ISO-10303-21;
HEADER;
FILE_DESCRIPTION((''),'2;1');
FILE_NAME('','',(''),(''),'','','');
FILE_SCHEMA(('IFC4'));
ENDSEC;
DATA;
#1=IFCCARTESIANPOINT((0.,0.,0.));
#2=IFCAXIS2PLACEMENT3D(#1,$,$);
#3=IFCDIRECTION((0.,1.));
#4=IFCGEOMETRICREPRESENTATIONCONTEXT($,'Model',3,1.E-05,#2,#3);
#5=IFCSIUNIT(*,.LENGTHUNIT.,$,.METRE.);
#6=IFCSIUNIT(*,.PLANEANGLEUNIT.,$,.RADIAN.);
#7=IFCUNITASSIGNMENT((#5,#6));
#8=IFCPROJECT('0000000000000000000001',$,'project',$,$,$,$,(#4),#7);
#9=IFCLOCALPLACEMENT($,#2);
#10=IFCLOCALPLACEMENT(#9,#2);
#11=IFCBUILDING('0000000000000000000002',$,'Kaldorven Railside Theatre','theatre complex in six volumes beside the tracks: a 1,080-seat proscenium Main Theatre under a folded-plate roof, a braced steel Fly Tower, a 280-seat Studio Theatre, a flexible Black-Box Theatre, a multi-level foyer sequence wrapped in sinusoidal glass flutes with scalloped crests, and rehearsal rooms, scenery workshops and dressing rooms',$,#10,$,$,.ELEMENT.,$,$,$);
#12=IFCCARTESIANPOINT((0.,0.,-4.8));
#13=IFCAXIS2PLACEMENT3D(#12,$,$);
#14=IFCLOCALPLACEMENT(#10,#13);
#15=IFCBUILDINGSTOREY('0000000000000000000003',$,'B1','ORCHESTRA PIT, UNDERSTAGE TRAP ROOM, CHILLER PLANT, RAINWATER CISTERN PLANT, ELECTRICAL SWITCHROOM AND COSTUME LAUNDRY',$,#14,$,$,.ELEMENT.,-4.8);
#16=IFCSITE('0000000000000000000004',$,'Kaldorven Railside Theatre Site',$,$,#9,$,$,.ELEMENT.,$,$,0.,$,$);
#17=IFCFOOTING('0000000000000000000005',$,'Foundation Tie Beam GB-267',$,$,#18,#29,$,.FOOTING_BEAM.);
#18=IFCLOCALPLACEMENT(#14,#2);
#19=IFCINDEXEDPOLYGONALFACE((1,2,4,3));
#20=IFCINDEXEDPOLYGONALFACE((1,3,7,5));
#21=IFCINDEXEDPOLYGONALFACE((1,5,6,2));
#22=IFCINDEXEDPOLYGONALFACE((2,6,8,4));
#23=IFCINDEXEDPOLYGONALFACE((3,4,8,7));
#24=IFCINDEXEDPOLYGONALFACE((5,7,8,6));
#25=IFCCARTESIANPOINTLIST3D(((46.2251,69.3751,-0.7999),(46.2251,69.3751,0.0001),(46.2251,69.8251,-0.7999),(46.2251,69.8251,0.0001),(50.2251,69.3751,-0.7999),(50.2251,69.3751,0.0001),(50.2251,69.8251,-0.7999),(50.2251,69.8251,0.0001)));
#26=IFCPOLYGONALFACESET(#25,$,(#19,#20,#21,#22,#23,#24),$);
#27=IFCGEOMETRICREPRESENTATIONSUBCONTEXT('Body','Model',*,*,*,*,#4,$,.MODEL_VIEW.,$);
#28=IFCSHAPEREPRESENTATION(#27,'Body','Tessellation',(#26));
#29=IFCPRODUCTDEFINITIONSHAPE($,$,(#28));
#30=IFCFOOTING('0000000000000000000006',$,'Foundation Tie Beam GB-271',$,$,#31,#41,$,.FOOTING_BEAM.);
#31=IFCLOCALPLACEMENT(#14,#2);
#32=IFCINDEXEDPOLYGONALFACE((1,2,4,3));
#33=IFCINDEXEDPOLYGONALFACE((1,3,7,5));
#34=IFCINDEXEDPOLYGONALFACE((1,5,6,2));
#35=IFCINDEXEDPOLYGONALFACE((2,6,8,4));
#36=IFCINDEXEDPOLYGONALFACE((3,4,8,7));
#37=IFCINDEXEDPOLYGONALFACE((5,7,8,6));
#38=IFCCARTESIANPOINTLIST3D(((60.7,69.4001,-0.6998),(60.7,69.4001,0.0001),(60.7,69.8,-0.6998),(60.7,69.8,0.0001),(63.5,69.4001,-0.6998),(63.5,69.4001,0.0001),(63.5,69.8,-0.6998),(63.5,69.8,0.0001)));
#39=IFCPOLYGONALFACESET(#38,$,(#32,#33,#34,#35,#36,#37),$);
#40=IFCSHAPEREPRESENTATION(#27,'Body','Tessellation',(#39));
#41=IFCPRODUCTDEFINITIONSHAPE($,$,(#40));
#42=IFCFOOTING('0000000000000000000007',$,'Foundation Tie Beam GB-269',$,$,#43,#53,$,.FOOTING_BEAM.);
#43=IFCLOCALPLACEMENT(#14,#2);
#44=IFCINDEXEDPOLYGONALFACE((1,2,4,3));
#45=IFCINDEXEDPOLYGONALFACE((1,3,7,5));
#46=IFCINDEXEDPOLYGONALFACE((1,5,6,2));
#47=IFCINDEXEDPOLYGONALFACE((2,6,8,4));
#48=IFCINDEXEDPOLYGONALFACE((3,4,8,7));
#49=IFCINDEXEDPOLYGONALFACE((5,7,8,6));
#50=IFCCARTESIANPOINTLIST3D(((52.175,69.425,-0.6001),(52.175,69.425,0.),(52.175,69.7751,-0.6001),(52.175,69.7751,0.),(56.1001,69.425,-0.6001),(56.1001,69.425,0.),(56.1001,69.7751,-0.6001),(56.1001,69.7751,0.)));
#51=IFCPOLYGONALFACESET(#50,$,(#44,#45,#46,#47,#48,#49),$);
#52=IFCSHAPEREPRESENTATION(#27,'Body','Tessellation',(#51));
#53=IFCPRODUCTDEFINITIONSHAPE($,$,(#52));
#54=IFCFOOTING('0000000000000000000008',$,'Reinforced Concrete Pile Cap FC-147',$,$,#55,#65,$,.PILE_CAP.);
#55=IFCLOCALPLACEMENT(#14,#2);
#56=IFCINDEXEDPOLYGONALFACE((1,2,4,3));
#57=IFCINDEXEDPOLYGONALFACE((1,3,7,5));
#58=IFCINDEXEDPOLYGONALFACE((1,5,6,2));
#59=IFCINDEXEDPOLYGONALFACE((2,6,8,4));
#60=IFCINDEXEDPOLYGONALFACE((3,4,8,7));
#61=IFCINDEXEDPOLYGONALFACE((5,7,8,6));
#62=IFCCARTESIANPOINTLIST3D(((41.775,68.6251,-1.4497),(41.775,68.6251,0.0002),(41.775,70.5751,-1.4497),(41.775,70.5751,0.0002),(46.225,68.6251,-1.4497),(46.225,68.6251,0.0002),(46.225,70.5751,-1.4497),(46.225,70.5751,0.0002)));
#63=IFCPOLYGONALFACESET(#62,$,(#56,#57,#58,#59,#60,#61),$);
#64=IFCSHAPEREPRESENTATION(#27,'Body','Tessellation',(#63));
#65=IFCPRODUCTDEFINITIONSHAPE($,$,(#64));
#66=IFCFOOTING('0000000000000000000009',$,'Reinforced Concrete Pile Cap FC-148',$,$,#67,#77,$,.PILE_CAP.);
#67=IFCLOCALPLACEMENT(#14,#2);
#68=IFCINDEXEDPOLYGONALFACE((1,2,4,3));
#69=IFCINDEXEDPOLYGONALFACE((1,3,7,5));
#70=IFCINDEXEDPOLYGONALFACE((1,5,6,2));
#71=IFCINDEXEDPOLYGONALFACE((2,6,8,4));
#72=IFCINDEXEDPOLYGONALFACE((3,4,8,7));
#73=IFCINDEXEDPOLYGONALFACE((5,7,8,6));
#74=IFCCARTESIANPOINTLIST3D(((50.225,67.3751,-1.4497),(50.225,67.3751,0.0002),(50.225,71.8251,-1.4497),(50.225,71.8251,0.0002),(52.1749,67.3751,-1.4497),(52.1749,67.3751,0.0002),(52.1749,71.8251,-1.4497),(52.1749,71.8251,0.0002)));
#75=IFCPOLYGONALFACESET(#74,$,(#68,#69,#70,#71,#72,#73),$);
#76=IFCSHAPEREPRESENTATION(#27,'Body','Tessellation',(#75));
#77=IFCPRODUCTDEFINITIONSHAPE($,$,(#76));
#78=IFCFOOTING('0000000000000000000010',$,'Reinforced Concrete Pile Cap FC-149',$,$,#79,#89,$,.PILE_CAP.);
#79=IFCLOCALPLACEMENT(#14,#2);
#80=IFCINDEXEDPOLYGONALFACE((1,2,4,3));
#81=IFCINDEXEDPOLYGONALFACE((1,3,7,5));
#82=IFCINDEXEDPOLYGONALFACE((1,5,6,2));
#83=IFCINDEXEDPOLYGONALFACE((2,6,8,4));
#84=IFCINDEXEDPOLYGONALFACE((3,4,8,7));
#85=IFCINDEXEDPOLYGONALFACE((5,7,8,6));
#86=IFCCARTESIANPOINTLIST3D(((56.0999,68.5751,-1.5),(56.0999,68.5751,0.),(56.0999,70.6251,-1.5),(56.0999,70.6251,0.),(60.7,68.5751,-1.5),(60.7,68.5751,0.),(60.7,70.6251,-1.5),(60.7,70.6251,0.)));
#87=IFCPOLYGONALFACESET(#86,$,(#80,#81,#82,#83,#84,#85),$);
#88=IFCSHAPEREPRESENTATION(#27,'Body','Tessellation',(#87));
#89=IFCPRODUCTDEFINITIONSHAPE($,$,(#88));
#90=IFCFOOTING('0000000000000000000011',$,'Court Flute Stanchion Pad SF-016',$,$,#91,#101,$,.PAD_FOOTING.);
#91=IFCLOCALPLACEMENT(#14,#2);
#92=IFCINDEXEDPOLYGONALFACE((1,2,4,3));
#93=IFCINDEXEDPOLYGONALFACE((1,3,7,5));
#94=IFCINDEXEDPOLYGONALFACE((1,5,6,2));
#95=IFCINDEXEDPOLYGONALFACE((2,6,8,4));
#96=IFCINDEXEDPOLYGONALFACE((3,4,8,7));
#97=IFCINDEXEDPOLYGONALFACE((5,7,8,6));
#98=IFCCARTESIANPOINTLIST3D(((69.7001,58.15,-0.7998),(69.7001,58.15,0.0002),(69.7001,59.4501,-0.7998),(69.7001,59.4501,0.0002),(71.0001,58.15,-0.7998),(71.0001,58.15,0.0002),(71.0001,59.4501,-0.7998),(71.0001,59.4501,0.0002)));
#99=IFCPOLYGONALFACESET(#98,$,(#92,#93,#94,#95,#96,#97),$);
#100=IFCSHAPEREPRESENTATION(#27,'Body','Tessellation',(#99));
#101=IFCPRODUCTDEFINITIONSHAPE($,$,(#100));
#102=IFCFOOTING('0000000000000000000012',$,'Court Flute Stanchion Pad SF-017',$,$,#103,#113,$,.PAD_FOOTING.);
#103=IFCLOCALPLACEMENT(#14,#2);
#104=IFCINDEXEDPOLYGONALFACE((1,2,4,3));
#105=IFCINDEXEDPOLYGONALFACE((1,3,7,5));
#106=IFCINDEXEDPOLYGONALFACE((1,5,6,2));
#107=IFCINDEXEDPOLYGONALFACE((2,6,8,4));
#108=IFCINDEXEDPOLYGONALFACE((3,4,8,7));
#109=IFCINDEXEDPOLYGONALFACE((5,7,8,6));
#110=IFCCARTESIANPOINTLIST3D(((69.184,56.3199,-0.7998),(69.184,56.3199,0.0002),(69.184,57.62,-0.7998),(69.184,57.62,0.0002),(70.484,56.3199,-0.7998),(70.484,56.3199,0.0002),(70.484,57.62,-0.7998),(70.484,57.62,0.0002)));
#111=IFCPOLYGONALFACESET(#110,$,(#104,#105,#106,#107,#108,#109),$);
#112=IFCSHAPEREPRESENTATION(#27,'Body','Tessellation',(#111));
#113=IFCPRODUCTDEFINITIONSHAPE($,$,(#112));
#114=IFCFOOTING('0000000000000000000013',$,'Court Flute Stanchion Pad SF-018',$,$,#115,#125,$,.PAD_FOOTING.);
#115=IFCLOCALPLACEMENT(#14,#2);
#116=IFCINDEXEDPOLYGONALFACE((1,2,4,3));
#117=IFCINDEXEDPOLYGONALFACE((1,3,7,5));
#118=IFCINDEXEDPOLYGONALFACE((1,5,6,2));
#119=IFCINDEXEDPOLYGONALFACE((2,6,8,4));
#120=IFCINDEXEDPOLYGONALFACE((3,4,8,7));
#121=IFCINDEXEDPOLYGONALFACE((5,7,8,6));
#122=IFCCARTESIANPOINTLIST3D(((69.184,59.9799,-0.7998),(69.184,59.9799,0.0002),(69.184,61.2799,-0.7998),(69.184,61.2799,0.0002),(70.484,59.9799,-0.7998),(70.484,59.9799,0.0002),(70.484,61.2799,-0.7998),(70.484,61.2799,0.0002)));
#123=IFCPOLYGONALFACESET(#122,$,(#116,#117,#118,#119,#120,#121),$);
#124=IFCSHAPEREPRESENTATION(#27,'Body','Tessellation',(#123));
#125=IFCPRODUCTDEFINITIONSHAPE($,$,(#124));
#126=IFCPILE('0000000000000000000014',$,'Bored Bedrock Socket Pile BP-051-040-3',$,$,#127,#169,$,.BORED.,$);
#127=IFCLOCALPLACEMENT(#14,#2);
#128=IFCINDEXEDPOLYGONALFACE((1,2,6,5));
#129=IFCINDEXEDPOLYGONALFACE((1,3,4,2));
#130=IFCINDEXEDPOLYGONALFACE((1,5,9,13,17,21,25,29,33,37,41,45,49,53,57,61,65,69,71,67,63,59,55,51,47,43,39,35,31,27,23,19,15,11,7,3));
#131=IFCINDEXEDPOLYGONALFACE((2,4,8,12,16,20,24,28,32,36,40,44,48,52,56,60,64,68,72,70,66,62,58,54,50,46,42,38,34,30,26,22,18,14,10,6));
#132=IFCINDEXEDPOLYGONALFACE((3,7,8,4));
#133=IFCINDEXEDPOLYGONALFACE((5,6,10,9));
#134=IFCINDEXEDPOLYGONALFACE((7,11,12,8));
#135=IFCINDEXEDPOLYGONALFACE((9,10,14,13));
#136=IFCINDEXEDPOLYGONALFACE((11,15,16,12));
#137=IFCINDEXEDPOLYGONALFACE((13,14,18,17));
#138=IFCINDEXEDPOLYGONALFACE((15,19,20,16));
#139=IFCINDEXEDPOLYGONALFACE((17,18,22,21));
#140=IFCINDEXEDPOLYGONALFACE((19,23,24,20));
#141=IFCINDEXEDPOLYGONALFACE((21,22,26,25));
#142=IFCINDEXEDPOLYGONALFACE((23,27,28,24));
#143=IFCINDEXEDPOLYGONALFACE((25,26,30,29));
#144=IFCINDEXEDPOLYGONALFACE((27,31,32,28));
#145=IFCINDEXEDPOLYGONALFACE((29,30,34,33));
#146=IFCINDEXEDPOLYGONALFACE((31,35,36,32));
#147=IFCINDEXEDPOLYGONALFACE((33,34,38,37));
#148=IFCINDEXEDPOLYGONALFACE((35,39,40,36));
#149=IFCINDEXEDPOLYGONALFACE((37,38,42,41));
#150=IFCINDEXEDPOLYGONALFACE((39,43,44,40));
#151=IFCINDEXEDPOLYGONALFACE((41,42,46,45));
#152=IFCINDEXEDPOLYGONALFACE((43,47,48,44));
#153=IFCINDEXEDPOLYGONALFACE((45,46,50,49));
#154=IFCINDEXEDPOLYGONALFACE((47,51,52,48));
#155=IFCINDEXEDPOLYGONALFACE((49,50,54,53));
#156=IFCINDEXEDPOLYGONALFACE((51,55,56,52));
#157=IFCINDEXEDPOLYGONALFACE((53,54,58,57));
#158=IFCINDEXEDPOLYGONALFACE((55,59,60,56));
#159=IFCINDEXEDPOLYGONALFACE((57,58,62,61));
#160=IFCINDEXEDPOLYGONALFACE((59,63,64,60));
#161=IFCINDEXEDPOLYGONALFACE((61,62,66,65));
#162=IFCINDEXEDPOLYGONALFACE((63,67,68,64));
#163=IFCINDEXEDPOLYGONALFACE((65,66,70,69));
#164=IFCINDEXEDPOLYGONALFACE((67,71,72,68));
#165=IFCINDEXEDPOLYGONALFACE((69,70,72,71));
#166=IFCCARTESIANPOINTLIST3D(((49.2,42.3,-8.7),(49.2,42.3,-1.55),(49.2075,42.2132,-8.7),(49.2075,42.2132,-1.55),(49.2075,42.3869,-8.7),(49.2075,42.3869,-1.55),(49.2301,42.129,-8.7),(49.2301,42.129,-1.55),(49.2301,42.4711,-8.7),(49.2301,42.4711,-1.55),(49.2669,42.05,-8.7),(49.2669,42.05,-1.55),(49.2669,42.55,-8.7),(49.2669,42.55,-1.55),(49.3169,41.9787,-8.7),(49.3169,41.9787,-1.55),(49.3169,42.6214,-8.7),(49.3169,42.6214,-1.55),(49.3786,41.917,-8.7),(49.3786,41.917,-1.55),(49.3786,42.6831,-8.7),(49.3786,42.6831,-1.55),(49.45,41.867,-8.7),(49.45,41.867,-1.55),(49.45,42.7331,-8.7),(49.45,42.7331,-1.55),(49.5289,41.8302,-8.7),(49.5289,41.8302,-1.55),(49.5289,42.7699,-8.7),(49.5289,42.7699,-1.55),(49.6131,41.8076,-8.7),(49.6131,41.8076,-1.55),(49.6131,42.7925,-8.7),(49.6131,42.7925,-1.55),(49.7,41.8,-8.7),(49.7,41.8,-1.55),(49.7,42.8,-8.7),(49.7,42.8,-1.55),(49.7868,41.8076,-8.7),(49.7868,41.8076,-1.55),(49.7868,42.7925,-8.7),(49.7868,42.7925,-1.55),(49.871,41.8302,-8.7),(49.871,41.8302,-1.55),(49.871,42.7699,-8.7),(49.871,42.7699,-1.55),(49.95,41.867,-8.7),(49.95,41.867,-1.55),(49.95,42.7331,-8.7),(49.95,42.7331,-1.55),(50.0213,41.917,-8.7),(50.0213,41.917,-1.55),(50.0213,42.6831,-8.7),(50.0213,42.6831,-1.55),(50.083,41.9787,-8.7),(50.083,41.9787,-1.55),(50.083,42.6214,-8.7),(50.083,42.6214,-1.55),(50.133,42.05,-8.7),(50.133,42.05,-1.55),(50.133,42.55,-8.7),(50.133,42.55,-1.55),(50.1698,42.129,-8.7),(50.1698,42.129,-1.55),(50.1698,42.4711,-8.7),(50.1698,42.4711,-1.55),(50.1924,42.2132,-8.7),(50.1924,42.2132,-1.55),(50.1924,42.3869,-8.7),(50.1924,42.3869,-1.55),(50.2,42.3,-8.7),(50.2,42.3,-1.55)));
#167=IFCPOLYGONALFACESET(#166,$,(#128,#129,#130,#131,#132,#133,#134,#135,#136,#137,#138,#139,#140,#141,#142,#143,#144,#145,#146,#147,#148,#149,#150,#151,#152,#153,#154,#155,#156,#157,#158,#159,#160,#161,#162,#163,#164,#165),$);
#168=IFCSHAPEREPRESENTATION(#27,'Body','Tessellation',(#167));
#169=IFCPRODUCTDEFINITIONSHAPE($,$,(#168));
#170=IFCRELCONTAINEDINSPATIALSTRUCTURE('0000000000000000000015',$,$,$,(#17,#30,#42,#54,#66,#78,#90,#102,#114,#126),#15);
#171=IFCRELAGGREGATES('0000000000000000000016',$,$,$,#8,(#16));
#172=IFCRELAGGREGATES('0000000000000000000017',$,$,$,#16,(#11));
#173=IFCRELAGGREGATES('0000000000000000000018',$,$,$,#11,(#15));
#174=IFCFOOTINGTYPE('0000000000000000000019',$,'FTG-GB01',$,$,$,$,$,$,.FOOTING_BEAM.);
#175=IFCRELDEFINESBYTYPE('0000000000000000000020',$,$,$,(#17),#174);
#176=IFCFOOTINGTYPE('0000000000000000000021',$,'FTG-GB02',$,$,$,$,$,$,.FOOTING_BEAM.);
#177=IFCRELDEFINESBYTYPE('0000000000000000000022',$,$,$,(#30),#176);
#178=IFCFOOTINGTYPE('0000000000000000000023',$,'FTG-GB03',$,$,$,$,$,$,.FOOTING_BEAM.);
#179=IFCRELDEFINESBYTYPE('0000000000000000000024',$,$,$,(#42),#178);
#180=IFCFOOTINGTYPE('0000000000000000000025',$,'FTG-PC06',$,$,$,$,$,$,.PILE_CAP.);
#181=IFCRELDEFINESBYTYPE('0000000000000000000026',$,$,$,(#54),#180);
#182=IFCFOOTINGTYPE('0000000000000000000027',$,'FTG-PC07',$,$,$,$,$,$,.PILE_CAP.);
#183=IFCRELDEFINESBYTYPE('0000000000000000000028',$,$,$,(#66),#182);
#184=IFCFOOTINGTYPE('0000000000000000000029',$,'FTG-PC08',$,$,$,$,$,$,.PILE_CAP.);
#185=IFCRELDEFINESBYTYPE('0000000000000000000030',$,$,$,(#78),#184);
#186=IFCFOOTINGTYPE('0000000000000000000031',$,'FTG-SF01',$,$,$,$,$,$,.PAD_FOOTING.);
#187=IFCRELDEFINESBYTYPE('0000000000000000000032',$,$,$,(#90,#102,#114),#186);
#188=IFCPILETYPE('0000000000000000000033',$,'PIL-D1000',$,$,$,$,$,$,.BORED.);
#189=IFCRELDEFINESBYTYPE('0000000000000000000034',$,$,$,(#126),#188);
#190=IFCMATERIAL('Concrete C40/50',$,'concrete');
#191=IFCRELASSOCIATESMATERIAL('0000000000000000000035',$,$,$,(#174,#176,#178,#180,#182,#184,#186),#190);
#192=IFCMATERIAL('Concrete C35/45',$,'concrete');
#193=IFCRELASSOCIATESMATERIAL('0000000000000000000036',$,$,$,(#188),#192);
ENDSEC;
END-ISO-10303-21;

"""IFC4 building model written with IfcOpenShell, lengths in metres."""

from ifc_helpers import new_model, si_unit, direction, frame, origin, origin_2d, place, context, subcontext, project, spatial, rectangle, circle, extrude, material, material_profile, profile_set, type_object, element, save


model = new_model("IFC4")

# Units and contexts
model_context = context("Model", 3, precision=1e-05, world=origin(), true_north=direction((0.0, 1.0)))
body_context = subcontext(model_context, "Body", "Model", "MODEL_VIEW")
ifc_project = project(units=[si_unit("LENGTHUNIT", "METRE"), si_unit("PLANEANGLEUNIT", "RADIAN")], contexts=[model_context])

# Site, building, storey
site_placement = place(None, origin())
site = spatial("IfcSite", under=ifc_project, at=site_placement, Name="Kaldorven Railside Theatre Site", CompositionType="ELEMENT", RefElevation=0.0)
building_placement = place(site_placement, origin())
building = spatial("IfcBuilding", under=site, at=building_placement, Name="Kaldorven Railside Theatre", Description="theatre complex in six volumes beside the tracks: a 1,080-seat proscenium Main Theatre under a folded-plate roof, a braced steel Fly Tower, a 280-seat Studio Theatre, a flexible Black-Box Theatre, a multi-level foyer sequence wrapped in sinusoidal glass flutes with scalloped crests, and rehearsal rooms, scenery workshops and dressing rooms", CompositionType="ELEMENT")
storey_placement = place(building_placement, frame((0.0, 0.0, -4.8)))
storey = spatial("IfcBuildingStorey", under=building, at=storey_placement, Name="B1", Description="ORCHESTRA PIT, UNDERSTAGE TRAP ROOM, CHILLER PLANT, RAINWATER CISTERN PLANT, ELECTRICAL SWITCHROOM AND COSTUME LAUNDRY", CompositionType="ELEMENT", Elevation=-4.8)

# Footings
ifc_material_1 = material(Name="Concrete C40/50", Category="concrete")
ifc_material_profile_1 = material_profile(ifc_material_1, rectangle(XDim=0.45, YDim=0.8, at=origin_2d()), Name="RC 450x800")
ifc_profile_set_1 = profile_set([ifc_material_profile_1], Name="Concrete C40/50")
footing_type_1 = type_object("IfcFootingType", Name="FTG-GB01", PredefinedType="FOOTING_BEAM", material=ifc_profile_set_1)
footing_1_placement = place(storey_placement, frame((46.2251, 69.6001, -0.3999), z_axis=(1.0, 0.0, 0.0), x_axis=(0.0, 1.0, 0.0)))
element("IfcFooting", 1, at=footing_1_placement, inside=storey, type_object=footing_type_1, Name="Foundation Tie Beam GB-267", PredefinedType="FOOTING_BEAM", context=body_context, shape_type="SweptSolid", body=[
    extrude(rectangle(XDim=0.45, YDim=0.8, at=origin_2d()), origin(), (0.0, 0.0, 1.0), 4.0),
])
ifc_material_profile_2 = material_profile(ifc_material_1, rectangle(XDim=0.3999, YDim=0.7, at=origin_2d()), Name="RC 400x700")
ifc_profile_set_2 = profile_set([ifc_material_profile_2], Name="Concrete C40/50")
footing_type_2 = type_object("IfcFootingType", Name="FTG-GB02", PredefinedType="FOOTING_BEAM", material=ifc_profile_set_2)
footing_2_placement = place(storey_placement, frame((60.7, 69.6001, -0.3499), z_axis=(1.0, 0.0, 0.0), x_axis=(0.0, 1.0, 0.0)))
element("IfcFooting", 2, at=footing_2_placement, inside=storey, type_object=footing_type_2, Name="Foundation Tie Beam GB-271", PredefinedType="FOOTING_BEAM", context=body_context, shape_type="SweptSolid", body=[
    extrude(rectangle(XDim=0.3999, YDim=0.7, at=origin_2d()), origin(), (0.0, 0.0, 1.0), 2.8),
])
ifc_material_profile_3 = material_profile(ifc_material_1, rectangle(XDim=0.3501, YDim=0.6001, at=origin_2d()), Name="RC 350x600")
ifc_profile_set_3 = profile_set([ifc_material_profile_3], Name="Concrete C40/50")
footing_type_3 = type_object("IfcFootingType", Name="FTG-GB03", PredefinedType="FOOTING_BEAM", material=ifc_profile_set_3)
footing_3_placement = place(storey_placement, frame((52.175, 69.6001, -0.3), z_axis=(1.0, 0.0, 0.0), x_axis=(0.0, 1.0, 0.0)))
element("IfcFooting", 3, at=footing_3_placement, inside=storey, type_object=footing_type_3, Name="Foundation Tie Beam GB-269", PredefinedType="FOOTING_BEAM", context=body_context, shape_type="SweptSolid", body=[
    extrude(rectangle(XDim=0.3501, YDim=0.6001, at=origin_2d()), origin(), (0.0, 0.0, 1.0), 3.925),
])
footing_type_4 = type_object("IfcFootingType", Name="FTG-PC06", PredefinedType="PILE_CAP", material=ifc_material_1)
footing_4_placement = place(storey_placement, frame((44.0, 69.6001, -1.4497), z_axis=(0.0, 0.0, 1.0), x_axis=(1.0, 0.0, 0.0)))
element("IfcFooting", 4, at=footing_4_placement, inside=storey, type_object=footing_type_4, Name="Reinforced Concrete Pile Cap FC-147", PredefinedType="PILE_CAP", context=body_context, shape_type="SweptSolid", body=[
    extrude(rectangle(XDim=4.45, YDim=1.95, at=origin_2d()), origin(), (0.0, 0.0, 1.0), 1.45),
])
footing_type_5 = type_object("IfcFootingType", Name="FTG-PC07", PredefinedType="PILE_CAP", material=ifc_material_1)
footing_5_placement = place(storey_placement, frame((51.2, 69.6001, -1.4497), z_axis=(0.0, 0.0, 1.0), x_axis=(1.0, 0.0, 0.0)))
element("IfcFooting", 5, at=footing_5_placement, inside=storey, type_object=footing_type_5, Name="Reinforced Concrete Pile Cap FC-148", PredefinedType="PILE_CAP", context=body_context, shape_type="SweptSolid", body=[
    extrude(rectangle(XDim=1.95, YDim=4.45, at=origin_2d()), origin(), (0.0, 0.0, 1.0), 1.45),
])
footing_type_6 = type_object("IfcFootingType", Name="FTG-PC08", PredefinedType="PILE_CAP", material=ifc_material_1)
footing_6_placement = place(storey_placement, frame((58.3999, 69.6001, -1.5), z_axis=(0.0, 0.0, 1.0), x_axis=(1.0, 0.0, 0.0)))
element("IfcFooting", 6, at=footing_6_placement, inside=storey, type_object=footing_type_6, Name="Reinforced Concrete Pile Cap FC-149", PredefinedType="PILE_CAP", context=body_context, shape_type="SweptSolid", body=[
    extrude(rectangle(XDim=4.6001, YDim=2.05, at=origin_2d()), origin(), (0.0, 0.0, 1.0), 1.5),
])
footing_type_7 = type_object("IfcFootingType", Name="FTG-SF01", PredefinedType="PAD_FOOTING", material=ifc_material_1)
for number, where, z_axis, x_axis, name in (
    (7, (70.3501, 58.8, -0.7998), (0.0, 0.0, 1.0), (1.0, 0.0, 0.0), "Court Flute Stanchion Pad SF-016"),
    (8, (69.834, 56.97, -0.7998), (0.0, 0.0, 1.0), (1.0, 0.0, 0.0), "Court Flute Stanchion Pad SF-017"),
    (9, (69.834, 60.6299, -0.7998), (0.0, 0.0, 1.0), (1.0, 0.0, 0.0), "Court Flute Stanchion Pad SF-018"),
):
    element("IfcFooting", number, at=place(storey_placement, frame(where, z_axis=z_axis, x_axis=x_axis)), inside=storey, type_object=footing_type_7, Name=name, PredefinedType="PAD_FOOTING", context=body_context, shape_type="SweptSolid", body=[
        extrude(rectangle(XDim=1.3, YDim=1.3, at=origin_2d()), origin(), (0.0, 0.0, 1.0), 0.8),
    ])

# Pile
ifc_material_2 = material(Name="Concrete C35/45", Category="concrete")
ifc_material_profile_4 = material_profile(ifc_material_2, circle(Radius=0.5, at=origin_2d()), Name="BP D1000")
ifc_profile_set_4 = profile_set([ifc_material_profile_4], Name="Concrete C35/45")
pile_type_1 = type_object("IfcPileType", Name="PIL-D1000", PredefinedType="BORED", material=ifc_profile_set_4)
for number, where, z_axis, x_axis, name in (
    (10, (49.7, 42.3, -1.55), (0.0, 0.0, -1.0), (1.0, 0.0, 0.0), "Bored Bedrock Socket Pile BP-051-040-3"),
):
    element("IfcPile", number, at=place(storey_placement, frame(where, z_axis=z_axis, x_axis=x_axis)), inside=storey, type_object=pile_type_1, Name=name, PredefinedType="BORED", context=body_context, shape_type="SweptSolid", body=[
        extrude(circle(Radius=0.5, at=origin_2d()), origin(), (0.0, 0.0, 1.0), 7.1499),
    ])

save(model, "model.ifc")
